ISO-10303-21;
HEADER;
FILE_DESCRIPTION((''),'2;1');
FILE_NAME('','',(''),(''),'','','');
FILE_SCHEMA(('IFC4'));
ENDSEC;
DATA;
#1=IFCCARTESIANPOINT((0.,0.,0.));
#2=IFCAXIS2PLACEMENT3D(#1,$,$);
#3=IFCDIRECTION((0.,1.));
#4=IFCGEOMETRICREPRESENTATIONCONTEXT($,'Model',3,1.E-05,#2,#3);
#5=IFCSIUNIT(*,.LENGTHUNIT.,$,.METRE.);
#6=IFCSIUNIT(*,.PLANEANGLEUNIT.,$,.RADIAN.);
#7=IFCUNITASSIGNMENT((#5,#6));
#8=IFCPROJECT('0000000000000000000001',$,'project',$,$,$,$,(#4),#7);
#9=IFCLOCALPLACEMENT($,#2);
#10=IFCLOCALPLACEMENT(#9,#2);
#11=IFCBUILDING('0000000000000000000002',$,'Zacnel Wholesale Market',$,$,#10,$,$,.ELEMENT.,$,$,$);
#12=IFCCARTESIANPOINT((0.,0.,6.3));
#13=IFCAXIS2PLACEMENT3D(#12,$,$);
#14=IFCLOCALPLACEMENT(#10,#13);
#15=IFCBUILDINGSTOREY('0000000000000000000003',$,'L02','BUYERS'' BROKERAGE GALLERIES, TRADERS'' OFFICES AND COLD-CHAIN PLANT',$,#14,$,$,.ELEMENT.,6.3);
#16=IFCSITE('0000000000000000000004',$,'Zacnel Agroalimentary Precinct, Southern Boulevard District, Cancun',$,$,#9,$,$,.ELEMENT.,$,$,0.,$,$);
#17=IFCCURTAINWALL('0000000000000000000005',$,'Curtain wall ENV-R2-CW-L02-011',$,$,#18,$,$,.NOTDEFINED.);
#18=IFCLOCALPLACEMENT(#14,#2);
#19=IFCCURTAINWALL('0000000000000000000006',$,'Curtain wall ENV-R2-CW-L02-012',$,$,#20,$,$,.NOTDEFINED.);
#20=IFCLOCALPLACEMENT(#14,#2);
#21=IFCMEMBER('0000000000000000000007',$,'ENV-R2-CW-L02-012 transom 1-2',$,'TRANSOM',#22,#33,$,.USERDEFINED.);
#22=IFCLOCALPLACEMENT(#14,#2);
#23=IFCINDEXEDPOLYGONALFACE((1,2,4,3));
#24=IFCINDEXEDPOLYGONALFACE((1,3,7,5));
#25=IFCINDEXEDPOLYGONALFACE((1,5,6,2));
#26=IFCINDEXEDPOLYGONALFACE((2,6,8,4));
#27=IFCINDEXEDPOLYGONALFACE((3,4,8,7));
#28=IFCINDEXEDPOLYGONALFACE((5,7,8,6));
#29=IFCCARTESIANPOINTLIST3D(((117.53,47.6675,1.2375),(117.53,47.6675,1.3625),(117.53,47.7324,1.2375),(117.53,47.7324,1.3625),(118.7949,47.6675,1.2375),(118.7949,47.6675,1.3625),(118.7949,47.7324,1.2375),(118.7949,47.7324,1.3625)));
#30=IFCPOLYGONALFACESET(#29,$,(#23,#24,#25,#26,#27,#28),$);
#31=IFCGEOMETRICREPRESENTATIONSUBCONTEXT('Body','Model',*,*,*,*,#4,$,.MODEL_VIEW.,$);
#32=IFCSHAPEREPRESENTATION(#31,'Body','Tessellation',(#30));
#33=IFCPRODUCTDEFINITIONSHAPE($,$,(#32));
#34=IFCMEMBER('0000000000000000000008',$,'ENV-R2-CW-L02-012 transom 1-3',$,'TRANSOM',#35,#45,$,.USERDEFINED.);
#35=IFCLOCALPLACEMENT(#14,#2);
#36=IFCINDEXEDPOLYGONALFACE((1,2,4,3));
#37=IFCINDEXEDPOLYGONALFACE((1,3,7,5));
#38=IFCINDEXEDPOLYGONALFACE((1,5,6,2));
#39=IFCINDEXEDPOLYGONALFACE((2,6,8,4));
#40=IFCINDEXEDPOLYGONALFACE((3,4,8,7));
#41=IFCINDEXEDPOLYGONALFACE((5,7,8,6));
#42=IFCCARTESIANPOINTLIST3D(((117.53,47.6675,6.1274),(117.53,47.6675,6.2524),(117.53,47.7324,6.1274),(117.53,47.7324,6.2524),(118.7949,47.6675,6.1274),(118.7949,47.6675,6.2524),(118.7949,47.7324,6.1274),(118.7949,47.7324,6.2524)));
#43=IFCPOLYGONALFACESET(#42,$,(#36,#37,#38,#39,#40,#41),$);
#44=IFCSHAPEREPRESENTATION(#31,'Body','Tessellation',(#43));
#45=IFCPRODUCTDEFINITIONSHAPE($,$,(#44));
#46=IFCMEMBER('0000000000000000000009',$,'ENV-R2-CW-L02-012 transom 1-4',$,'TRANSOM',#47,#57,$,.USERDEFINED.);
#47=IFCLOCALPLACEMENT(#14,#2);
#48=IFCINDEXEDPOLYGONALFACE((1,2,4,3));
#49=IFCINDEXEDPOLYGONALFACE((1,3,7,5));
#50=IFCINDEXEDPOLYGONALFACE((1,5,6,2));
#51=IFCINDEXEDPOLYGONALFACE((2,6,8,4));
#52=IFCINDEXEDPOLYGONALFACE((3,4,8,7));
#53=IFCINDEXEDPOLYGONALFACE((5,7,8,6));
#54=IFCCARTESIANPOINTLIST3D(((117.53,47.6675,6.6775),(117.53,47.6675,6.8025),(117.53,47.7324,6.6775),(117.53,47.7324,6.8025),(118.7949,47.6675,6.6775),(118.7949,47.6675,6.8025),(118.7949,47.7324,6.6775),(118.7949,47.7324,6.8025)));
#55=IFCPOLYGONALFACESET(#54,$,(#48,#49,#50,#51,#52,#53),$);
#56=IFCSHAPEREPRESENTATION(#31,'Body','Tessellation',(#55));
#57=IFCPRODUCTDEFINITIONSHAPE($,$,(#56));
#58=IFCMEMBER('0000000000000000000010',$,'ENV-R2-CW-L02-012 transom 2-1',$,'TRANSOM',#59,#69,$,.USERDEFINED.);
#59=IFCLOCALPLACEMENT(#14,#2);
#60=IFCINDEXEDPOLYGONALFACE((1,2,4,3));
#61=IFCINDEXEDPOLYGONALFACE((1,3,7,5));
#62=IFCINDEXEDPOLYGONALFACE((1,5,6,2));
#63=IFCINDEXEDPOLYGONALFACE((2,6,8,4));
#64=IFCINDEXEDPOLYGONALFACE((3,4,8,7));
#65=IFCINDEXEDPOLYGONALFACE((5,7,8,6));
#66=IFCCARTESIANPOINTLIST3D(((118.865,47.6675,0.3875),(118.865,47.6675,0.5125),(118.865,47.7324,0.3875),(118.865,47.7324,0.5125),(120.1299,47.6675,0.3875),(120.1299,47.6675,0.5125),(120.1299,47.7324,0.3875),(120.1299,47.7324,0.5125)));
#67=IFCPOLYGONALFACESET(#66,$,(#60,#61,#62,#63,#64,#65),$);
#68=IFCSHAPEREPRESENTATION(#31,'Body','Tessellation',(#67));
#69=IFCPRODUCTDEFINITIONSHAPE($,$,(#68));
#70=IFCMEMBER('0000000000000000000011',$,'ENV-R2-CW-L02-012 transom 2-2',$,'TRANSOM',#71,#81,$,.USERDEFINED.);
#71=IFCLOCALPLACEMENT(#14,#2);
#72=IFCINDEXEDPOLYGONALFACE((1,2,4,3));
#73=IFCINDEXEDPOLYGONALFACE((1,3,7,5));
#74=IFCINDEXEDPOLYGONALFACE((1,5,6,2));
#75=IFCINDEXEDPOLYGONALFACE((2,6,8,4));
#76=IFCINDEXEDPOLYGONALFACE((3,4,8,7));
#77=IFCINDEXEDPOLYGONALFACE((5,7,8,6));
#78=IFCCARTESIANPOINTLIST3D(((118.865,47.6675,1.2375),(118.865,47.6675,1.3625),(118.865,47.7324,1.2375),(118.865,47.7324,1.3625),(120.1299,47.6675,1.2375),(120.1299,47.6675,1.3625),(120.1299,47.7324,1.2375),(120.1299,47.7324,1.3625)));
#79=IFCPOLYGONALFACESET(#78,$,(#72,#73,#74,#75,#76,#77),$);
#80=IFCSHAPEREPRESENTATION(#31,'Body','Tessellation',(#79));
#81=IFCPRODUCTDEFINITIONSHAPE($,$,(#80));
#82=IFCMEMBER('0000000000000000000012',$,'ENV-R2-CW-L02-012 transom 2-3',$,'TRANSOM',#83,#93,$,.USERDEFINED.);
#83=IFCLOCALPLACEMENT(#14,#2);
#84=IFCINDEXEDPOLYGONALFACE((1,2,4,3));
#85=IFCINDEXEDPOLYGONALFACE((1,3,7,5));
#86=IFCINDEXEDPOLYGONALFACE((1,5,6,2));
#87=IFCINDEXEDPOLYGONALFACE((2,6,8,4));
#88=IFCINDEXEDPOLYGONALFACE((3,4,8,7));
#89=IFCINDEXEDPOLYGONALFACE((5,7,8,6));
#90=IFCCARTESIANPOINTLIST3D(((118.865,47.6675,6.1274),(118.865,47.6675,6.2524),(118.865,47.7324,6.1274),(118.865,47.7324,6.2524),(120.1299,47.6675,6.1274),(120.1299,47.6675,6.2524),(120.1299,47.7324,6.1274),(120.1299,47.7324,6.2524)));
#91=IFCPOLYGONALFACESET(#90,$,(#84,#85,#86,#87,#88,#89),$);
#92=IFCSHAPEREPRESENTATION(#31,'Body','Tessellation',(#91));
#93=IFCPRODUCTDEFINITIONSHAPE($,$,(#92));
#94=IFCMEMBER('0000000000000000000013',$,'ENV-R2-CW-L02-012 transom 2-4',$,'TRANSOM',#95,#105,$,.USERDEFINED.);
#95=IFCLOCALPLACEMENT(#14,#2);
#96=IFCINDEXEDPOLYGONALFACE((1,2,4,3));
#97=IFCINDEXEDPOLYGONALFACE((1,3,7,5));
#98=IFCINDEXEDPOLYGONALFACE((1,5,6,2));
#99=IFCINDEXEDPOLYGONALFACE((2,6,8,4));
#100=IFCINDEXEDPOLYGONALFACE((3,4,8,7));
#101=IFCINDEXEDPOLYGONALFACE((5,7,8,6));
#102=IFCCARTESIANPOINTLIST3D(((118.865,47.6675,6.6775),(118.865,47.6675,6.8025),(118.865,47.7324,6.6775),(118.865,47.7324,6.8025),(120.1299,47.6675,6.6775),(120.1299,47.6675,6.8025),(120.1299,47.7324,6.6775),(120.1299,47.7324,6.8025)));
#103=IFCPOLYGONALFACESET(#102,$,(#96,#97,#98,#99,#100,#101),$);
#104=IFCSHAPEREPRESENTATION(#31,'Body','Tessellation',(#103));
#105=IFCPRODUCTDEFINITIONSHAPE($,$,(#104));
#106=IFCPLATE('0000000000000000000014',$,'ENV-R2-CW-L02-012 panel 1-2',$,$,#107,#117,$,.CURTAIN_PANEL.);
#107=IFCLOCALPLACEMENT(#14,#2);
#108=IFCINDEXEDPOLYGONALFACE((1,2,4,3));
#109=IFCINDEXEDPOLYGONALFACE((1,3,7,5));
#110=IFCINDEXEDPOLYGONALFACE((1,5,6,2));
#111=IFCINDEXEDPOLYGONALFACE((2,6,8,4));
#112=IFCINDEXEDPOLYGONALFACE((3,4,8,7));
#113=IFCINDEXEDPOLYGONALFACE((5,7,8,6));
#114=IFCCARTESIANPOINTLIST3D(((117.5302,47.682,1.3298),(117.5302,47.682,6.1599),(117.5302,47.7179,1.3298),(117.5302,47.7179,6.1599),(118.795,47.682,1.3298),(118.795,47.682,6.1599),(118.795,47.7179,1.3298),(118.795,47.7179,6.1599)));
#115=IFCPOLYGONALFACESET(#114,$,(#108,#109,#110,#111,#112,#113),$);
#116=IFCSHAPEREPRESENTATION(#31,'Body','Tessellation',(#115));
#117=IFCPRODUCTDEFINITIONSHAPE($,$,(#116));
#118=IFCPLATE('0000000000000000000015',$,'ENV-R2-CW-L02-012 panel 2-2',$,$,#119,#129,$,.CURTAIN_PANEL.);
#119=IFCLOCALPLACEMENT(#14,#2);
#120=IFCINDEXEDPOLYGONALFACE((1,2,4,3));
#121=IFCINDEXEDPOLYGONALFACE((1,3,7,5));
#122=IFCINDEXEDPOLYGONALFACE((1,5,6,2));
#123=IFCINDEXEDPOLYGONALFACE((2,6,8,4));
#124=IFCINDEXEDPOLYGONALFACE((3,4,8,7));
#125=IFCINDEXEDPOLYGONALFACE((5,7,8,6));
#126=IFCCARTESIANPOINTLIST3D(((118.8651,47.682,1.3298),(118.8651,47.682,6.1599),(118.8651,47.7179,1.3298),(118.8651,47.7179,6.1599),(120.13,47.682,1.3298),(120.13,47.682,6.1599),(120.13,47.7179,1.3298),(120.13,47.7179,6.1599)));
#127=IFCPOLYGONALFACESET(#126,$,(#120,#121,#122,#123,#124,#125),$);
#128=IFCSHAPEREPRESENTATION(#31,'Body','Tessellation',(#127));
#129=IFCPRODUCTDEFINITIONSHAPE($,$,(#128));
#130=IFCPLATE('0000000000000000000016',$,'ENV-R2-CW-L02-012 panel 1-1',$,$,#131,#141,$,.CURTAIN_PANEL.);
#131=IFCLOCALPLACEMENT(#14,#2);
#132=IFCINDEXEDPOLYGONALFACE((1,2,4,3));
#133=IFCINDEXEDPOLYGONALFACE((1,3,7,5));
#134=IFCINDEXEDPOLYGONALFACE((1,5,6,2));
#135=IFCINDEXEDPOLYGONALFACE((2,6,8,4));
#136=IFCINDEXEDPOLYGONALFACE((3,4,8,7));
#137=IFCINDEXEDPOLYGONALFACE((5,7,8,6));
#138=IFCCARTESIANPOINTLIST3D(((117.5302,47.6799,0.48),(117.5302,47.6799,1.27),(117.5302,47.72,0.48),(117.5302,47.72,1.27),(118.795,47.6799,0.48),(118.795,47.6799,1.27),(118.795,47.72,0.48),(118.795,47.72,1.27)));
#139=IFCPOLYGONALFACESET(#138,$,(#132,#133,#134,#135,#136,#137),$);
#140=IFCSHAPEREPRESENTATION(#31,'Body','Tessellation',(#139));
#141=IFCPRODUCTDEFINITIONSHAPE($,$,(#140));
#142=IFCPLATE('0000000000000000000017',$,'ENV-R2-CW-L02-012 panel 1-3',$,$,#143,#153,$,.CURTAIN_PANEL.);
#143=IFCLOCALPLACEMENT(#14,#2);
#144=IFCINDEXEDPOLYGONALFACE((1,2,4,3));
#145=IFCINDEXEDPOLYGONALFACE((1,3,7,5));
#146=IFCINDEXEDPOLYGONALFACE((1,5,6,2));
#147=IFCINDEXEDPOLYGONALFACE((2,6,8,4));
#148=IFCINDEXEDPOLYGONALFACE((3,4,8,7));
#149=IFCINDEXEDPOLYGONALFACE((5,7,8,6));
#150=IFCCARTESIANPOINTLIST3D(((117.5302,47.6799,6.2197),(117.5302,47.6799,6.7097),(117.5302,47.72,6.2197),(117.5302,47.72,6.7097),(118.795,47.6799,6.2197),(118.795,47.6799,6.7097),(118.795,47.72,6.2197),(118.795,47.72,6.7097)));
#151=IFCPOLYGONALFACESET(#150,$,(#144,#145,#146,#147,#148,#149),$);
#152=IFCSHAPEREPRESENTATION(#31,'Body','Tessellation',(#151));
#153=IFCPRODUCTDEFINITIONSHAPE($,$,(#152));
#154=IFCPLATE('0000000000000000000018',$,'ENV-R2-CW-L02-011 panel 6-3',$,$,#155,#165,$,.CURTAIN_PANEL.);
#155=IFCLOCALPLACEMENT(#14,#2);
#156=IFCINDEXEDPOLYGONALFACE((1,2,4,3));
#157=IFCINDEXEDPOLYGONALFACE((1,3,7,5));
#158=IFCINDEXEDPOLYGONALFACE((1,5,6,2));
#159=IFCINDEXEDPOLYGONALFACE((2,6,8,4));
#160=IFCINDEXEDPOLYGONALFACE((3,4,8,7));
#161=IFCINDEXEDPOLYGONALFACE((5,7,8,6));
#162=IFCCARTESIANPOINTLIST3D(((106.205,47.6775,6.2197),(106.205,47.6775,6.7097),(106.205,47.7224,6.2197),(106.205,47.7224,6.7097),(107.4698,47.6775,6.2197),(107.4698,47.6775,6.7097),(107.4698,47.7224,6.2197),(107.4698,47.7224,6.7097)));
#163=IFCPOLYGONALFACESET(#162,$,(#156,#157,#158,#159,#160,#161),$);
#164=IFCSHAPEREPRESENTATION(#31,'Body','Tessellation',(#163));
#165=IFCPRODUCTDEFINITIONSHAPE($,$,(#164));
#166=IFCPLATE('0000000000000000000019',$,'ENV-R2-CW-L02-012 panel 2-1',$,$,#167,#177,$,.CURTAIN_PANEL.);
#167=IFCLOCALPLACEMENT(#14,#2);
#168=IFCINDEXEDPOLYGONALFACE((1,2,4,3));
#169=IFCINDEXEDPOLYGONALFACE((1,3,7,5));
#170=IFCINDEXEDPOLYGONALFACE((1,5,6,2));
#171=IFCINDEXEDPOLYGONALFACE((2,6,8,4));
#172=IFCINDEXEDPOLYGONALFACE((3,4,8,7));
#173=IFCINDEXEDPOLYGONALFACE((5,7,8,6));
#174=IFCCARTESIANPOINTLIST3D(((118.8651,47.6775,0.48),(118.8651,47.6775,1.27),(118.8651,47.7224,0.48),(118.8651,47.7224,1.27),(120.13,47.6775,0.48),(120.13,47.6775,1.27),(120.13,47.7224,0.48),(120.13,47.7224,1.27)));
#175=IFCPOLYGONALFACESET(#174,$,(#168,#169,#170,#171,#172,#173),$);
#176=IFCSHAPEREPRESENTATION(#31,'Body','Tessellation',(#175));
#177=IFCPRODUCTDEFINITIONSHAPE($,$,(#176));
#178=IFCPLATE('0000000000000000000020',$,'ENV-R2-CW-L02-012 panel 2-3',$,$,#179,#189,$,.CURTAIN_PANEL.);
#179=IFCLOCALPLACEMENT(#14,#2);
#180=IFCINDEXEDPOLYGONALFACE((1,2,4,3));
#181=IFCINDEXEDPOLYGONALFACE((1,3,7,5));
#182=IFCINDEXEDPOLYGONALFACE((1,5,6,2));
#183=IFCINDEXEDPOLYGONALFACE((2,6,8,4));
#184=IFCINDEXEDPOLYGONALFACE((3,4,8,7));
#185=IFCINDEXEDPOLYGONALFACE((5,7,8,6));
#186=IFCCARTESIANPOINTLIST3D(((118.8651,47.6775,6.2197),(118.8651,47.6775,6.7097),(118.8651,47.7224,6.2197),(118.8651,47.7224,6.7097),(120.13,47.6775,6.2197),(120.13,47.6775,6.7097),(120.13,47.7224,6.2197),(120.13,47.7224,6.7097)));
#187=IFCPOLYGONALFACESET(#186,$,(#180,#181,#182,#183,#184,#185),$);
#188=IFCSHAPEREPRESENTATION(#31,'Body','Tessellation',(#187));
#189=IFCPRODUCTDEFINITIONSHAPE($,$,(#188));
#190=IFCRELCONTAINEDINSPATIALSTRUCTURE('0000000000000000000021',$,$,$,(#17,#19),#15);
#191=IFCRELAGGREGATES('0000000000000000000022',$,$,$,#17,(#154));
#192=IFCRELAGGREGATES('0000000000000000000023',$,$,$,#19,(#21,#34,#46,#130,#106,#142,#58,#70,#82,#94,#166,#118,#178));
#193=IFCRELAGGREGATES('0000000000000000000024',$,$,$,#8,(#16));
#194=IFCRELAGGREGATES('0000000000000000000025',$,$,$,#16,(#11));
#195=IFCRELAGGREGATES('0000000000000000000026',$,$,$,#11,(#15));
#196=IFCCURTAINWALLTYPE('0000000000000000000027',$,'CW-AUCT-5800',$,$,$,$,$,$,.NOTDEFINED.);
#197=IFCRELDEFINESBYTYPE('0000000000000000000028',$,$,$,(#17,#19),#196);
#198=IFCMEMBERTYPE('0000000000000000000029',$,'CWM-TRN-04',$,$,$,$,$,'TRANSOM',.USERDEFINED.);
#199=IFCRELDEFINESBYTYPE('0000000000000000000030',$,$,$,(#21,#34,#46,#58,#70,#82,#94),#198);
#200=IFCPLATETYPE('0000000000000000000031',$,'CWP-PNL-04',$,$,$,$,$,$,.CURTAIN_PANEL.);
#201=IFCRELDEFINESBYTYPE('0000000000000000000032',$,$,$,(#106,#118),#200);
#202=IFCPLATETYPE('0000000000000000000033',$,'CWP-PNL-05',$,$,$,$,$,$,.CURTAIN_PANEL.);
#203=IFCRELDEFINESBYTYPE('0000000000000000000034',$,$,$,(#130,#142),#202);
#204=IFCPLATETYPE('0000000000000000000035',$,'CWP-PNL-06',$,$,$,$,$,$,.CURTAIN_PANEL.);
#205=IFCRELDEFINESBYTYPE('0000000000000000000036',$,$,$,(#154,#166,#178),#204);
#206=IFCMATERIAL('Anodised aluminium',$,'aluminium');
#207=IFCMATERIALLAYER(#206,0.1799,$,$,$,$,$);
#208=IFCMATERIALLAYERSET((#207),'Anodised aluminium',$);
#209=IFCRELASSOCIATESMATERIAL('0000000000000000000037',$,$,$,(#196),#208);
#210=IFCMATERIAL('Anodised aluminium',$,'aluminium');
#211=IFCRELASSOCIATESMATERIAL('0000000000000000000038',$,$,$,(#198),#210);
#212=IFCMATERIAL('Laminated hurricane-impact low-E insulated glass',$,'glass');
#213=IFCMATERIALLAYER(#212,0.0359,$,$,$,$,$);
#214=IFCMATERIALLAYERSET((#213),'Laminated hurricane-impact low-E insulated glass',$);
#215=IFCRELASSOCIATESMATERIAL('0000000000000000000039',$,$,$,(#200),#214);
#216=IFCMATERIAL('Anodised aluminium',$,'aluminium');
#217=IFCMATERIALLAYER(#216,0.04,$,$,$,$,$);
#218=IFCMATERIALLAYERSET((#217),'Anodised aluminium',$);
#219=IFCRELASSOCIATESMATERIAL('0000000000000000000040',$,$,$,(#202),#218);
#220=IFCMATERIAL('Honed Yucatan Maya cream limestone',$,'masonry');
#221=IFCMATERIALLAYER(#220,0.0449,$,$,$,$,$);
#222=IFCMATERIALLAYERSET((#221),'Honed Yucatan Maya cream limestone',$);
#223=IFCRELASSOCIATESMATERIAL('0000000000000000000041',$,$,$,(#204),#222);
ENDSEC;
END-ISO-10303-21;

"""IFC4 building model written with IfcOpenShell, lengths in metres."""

from ifc_helpers import new_model, si_unit, direction, frame, origin, origin_2d, place, context, subcontext, project, spatial, rectangle, extrude, material, layer, layer_set, material_profile, profile_set, type_object, element, aggregate, save


model = new_model("IFC4")

# Units and contexts
model_context = context("Model", 3, precision=1e-05, world=origin(), true_north=direction((0.0, 1.0)))
body_context = subcontext(model_context, "Body", "Model", "MODEL_VIEW")
ifc_project = project(units=[si_unit("LENGTHUNIT", "METRE"), si_unit("PLANEANGLEUNIT", "RADIAN")], contexts=[model_context])

# Site, building, storey
site_placement = place(None, origin())
site = spatial("IfcSite", under=ifc_project, at=site_placement, Name="Zacnel Agroalimentary Precinct, Southern Boulevard District, Cancun", CompositionType="ELEMENT", RefElevation=0.0)
building_placement = place(site_placement, origin())
building = spatial("IfcBuilding", under=site, at=building_placement, Name="Zacnel Wholesale Market", CompositionType="ELEMENT")
storey_placement = place(building_placement, frame((0.0, 0.0, 6.3)))
storey = spatial("IfcBuildingStorey", under=building, at=storey_placement, Name="L02", Description="BUYERS' BROKERAGE GALLERIES, TRADERS' OFFICES AND COLD-CHAIN PLANT", CompositionType="ELEMENT", Elevation=6.3)

# Curtain wall
ifc_material_1 = material(Name="Anodised aluminium", Category="aluminium")
ifc_layer_1 = layer(ifc_material_1, 0.1799)
ifc_layer_set_1 = layer_set([ifc_layer_1], Name="Anodised aluminium")
curtain_wall_type = type_object("IfcCurtainWallType", Name="CW-AUCT-5800", PredefinedType="NOTDEFINED", material=ifc_layer_set_1)
curtain_wall_1_placement = place(storey_placement, origin())
curtain_wall_1 = element("IfcCurtainWall", 1, at=curtain_wall_1_placement, inside=storey, type_object=curtain_wall_type, Name="Curtain wall ENV-R2-CW-L02-011", PredefinedType="NOTDEFINED")

# Curtain wall, members, plates
curtain_wall_2_placement = place(storey_placement, origin())
curtain_wall_2 = element("IfcCurtainWall", 2, at=curtain_wall_2_placement, inside=storey, type_object=curtain_wall_type, Name="Curtain wall ENV-R2-CW-L02-012", PredefinedType="NOTDEFINED")
ifc_material_2 = material(Name="Anodised aluminium", Category="aluminium")
ifc_material_profile_1 = material_profile(ifc_material_2, rectangle(XDim=0.0649, YDim=0.125, at=origin_2d()), Name="AW-TRANSOM 65x125")
ifc_profile_set_1 = profile_set([ifc_material_profile_1], Name="Anodised aluminium")
member_type_1 = type_object("IfcMemberType", Name="CWM-TRN-04", ElementType="TRANSOM", PredefinedType="USERDEFINED", material=ifc_profile_set_1)
member_1_placement = place(storey_placement, frame((117.53, 47.7, 1.3), z_axis=(1.0, 0.0, 0.0), x_axis=(0.0, 1.0, 0.0)))
member_1 = element("IfcMember", 3, at=member_1_placement, type_object=member_type_1, Name="ENV-R2-CW-L02-012 transom 1-2", ObjectType="TRANSOM", PredefinedType="USERDEFINED", context=body_context, shape_type="SweptSolid", body=[
    extrude(rectangle(XDim=0.0649, YDim=0.125, at=origin_2d()), origin(), (0.0, 0.0, 1.0), 1.2649),
])
member_2_placement = place(storey_placement, frame((117.53, 47.7, 6.1899), z_axis=(1.0, 0.0, 0.0), x_axis=(0.0, 1.0, 0.0)))
member_2 = element("IfcMember", 4, at=member_2_placement, type_object=member_type_1, Name="ENV-R2-CW-L02-012 transom 1-3", ObjectType="TRANSOM", PredefinedType="USERDEFINED", context=body_context, shape_type="SweptSolid", body=[
    extrude(rectangle(XDim=0.0649, YDim=0.125, at=origin_2d()), origin(), (0.0, 0.0, 1.0), 1.2649),
])
member_3_placement = place(storey_placement, frame((117.53, 47.7, 6.74), z_axis=(1.0, 0.0, 0.0), x_axis=(0.0, 1.0, 0.0)))
member_3 = element("IfcMember", 5, at=member_3_placement, type_object=member_type_1, Name="ENV-R2-CW-L02-012 transom 1-4", ObjectType="TRANSOM", PredefinedType="USERDEFINED", context=body_context, shape_type="SweptSolid", body=[
    extrude(rectangle(XDim=0.0649, YDim=0.125, at=origin_2d()), origin(), (0.0, 0.0, 1.0), 1.2649),
])
member_4_placement = place(storey_placement, frame((118.865, 47.7, 0.45), z_axis=(1.0, 0.0, 0.0), x_axis=(0.0, 1.0, 0.0)))
member_4 = element("IfcMember", 6, at=member_4_placement, type_object=member_type_1, Name="ENV-R2-CW-L02-012 transom 2-1", ObjectType="TRANSOM", PredefinedType="USERDEFINED", context=body_context, shape_type="SweptSolid", body=[
    extrude(rectangle(XDim=0.0649, YDim=0.125, at=origin_2d()), origin(), (0.0, 0.0, 1.0), 1.2649),
])
member_5_placement = place(storey_placement, frame((118.865, 47.7, 1.3), z_axis=(1.0, 0.0, 0.0), x_axis=(0.0, 1.0, 0.0)))
member_5 = element("IfcMember", 7, at=member_5_placement, type_object=member_type_1, Name="ENV-R2-CW-L02-012 transom 2-2", ObjectType="TRANSOM", PredefinedType="USERDEFINED", context=body_context, shape_type="SweptSolid", body=[
    extrude(rectangle(XDim=0.0649, YDim=0.125, at=origin_2d()), origin(), (0.0, 0.0, 1.0), 1.2649),
])
member_6_placement = place(storey_placement, frame((118.865, 47.7, 6.1899), z_axis=(1.0, 0.0, 0.0), x_axis=(0.0, 1.0, 0.0)))
member_6 = element("IfcMember", 8, at=member_6_placement, type_object=member_type_1, Name="ENV-R2-CW-L02-012 transom 2-3", ObjectType="TRANSOM", PredefinedType="USERDEFINED", context=body_context, shape_type="SweptSolid", body=[
    extrude(rectangle(XDim=0.0649, YDim=0.125, at=origin_2d()), origin(), (0.0, 0.0, 1.0), 1.2649),
])
member_7_placement = place(storey_placement, frame((118.865, 47.7, 6.74), z_axis=(1.0, 0.0, 0.0), x_axis=(0.0, 1.0, 0.0)))
member_7 = element("IfcMember", 9, at=member_7_placement, type_object=member_type_1, Name="ENV-R2-CW-L02-012 transom 2-4", ObjectType="TRANSOM", PredefinedType="USERDEFINED", context=body_context, shape_type="SweptSolid", body=[
    extrude(rectangle(XDim=0.0649, YDim=0.125, at=origin_2d()), origin(), (0.0, 0.0, 1.0), 1.2649),
])
ifc_material_3 = material(Name="Laminated hurricane-impact low-E insulated glass", Category="glass")
ifc_layer_2 = layer(ifc_material_3, 0.0359)
ifc_layer_set_2 = layer_set([ifc_layer_2], Name="Laminated hurricane-impact low-E insulated glass")
plate_type_1 = type_object("IfcPlateType", Name="CWP-PNL-04", PredefinedType="CURTAIN_PANEL", material=ifc_layer_set_2)
plate_1_placement = place(storey_placement, frame((118.1626, 47.7, 1.3298), z_axis=(0.0, 0.0, 1.0), x_axis=(1.0, 0.0, 0.0)))
plate_1 = element("IfcPlate", 10, at=plate_1_placement, type_object=plate_type_1, Name="ENV-R2-CW-L02-012 panel 1-2", PredefinedType="CURTAIN_PANEL", context=body_context, shape_type="SweptSolid", body=[
    extrude(rectangle(XDim=1.2649, YDim=0.0359, at=origin_2d()), origin(), (0.0, 0.0, 1.0), 4.8301),
])
plate_2_placement = place(storey_placement, frame((119.4976, 47.7, 1.3298), z_axis=(0.0, 0.0, 1.0), x_axis=(1.0, 0.0, 0.0)))
plate_2 = element("IfcPlate", 11, at=plate_2_placement, type_object=plate_type_1, Name="ENV-R2-CW-L02-012 panel 2-2", PredefinedType="CURTAIN_PANEL", context=body_context, shape_type="SweptSolid", body=[
    extrude(rectangle(XDim=1.2649, YDim=0.0359, at=origin_2d()), origin(), (0.0, 0.0, 1.0), 4.8301),
])
ifc_material_4 = material(Name="Anodised aluminium", Category="aluminium")
ifc_layer_3 = layer(ifc_material_4, 0.04)
ifc_layer_set_3 = layer_set([ifc_layer_3], Name="Anodised aluminium")
plate_type_2 = type_object("IfcPlateType", Name="CWP-PNL-05", PredefinedType="CURTAIN_PANEL", material=ifc_layer_set_3)
plate_3_placement = place(storey_placement, frame((118.1626, 47.7, 0.48), z_axis=(0.0, 0.0, 1.0), x_axis=(1.0, 0.0, 0.0)))
plate_3 = element("IfcPlate", 12, at=plate_3_placement, type_object=plate_type_2, Name="ENV-R2-CW-L02-012 panel 1-1", PredefinedType="CURTAIN_PANEL", context=body_context, shape_type="SweptSolid", body=[
    extrude(rectangle(XDim=1.2649, YDim=0.04, at=origin_2d()), origin(), (0.0, 0.0, 1.0), 0.79),
])
plate_4_placement = place(storey_placement, frame((118.1626, 47.7, 6.2197), z_axis=(0.0, 0.0, 1.0), x_axis=(1.0, 0.0, 0.0)))
plate_4 = element("IfcPlate", 13, at=plate_4_placement, type_object=plate_type_2, Name="ENV-R2-CW-L02-012 panel 1-3", PredefinedType="CURTAIN_PANEL", context=body_context, shape_type="SweptSolid", body=[
    extrude(rectangle(XDim=1.2649, YDim=0.04, at=origin_2d()), origin(), (0.0, 0.0, 1.0), 0.49),
])

# Plates
ifc_material_5 = material(Name="Honed Yucatan Maya cream limestone", Category="masonry")
ifc_layer_4 = layer(ifc_material_5, 0.0449)
ifc_layer_set_4 = layer_set([ifc_layer_4], Name="Honed Yucatan Maya cream limestone")
plate_type_3 = type_object("IfcPlateType", Name="CWP-PNL-06", PredefinedType="CURTAIN_PANEL", material=ifc_layer_set_4)
plate_5_placement = place(storey_placement, frame((106.8374, 47.7, 6.2197), z_axis=(0.0, 0.0, 1.0), x_axis=(1.0, 0.0, 0.0)))
plate_5 = element("IfcPlate", 14, at=plate_5_placement, type_object=plate_type_3, Name="ENV-R2-CW-L02-011 panel 6-3", PredefinedType="CURTAIN_PANEL", context=body_context, shape_type="SweptSolid", body=[
    extrude(rectangle(XDim=1.2649, YDim=0.0449, at=origin_2d()), origin(), (0.0, 0.0, 1.0), 0.49),
])
aggregate(curtain_wall_1, [plate_5])
plate_6_placement = place(storey_placement, frame((119.4976, 47.7, 0.48), z_axis=(0.0, 0.0, 1.0), x_axis=(1.0, 0.0, 0.0)))
plate_6 = element("IfcPlate", 15, at=plate_6_placement, type_object=plate_type_3, Name="ENV-R2-CW-L02-012 panel 2-1", PredefinedType="CURTAIN_PANEL", context=body_context, shape_type="SweptSolid", body=[
    extrude(rectangle(XDim=1.2649, YDim=0.0449, at=origin_2d()), origin(), (0.0, 0.0, 1.0), 0.79),
])
plate_7_placement = place(storey_placement, frame((119.4976, 47.7, 6.2197), z_axis=(0.0, 0.0, 1.0), x_axis=(1.0, 0.0, 0.0)))
plate_7 = element("IfcPlate", 16, at=plate_7_placement, type_object=plate_type_3, Name="ENV-R2-CW-L02-012 panel 2-3", PredefinedType="CURTAIN_PANEL", context=body_context, shape_type="SweptSolid", body=[
    extrude(rectangle(XDim=1.2649, YDim=0.0449, at=origin_2d()), origin(), (0.0, 0.0, 1.0), 0.49),
])
aggregate(curtain_wall_2, [member_1, member_2, member_3, plate_3, plate_1, plate_4, member_4, member_5, member_6, member_7, plate_6, plate_2, plate_7])

save(model, "model.ifc")
